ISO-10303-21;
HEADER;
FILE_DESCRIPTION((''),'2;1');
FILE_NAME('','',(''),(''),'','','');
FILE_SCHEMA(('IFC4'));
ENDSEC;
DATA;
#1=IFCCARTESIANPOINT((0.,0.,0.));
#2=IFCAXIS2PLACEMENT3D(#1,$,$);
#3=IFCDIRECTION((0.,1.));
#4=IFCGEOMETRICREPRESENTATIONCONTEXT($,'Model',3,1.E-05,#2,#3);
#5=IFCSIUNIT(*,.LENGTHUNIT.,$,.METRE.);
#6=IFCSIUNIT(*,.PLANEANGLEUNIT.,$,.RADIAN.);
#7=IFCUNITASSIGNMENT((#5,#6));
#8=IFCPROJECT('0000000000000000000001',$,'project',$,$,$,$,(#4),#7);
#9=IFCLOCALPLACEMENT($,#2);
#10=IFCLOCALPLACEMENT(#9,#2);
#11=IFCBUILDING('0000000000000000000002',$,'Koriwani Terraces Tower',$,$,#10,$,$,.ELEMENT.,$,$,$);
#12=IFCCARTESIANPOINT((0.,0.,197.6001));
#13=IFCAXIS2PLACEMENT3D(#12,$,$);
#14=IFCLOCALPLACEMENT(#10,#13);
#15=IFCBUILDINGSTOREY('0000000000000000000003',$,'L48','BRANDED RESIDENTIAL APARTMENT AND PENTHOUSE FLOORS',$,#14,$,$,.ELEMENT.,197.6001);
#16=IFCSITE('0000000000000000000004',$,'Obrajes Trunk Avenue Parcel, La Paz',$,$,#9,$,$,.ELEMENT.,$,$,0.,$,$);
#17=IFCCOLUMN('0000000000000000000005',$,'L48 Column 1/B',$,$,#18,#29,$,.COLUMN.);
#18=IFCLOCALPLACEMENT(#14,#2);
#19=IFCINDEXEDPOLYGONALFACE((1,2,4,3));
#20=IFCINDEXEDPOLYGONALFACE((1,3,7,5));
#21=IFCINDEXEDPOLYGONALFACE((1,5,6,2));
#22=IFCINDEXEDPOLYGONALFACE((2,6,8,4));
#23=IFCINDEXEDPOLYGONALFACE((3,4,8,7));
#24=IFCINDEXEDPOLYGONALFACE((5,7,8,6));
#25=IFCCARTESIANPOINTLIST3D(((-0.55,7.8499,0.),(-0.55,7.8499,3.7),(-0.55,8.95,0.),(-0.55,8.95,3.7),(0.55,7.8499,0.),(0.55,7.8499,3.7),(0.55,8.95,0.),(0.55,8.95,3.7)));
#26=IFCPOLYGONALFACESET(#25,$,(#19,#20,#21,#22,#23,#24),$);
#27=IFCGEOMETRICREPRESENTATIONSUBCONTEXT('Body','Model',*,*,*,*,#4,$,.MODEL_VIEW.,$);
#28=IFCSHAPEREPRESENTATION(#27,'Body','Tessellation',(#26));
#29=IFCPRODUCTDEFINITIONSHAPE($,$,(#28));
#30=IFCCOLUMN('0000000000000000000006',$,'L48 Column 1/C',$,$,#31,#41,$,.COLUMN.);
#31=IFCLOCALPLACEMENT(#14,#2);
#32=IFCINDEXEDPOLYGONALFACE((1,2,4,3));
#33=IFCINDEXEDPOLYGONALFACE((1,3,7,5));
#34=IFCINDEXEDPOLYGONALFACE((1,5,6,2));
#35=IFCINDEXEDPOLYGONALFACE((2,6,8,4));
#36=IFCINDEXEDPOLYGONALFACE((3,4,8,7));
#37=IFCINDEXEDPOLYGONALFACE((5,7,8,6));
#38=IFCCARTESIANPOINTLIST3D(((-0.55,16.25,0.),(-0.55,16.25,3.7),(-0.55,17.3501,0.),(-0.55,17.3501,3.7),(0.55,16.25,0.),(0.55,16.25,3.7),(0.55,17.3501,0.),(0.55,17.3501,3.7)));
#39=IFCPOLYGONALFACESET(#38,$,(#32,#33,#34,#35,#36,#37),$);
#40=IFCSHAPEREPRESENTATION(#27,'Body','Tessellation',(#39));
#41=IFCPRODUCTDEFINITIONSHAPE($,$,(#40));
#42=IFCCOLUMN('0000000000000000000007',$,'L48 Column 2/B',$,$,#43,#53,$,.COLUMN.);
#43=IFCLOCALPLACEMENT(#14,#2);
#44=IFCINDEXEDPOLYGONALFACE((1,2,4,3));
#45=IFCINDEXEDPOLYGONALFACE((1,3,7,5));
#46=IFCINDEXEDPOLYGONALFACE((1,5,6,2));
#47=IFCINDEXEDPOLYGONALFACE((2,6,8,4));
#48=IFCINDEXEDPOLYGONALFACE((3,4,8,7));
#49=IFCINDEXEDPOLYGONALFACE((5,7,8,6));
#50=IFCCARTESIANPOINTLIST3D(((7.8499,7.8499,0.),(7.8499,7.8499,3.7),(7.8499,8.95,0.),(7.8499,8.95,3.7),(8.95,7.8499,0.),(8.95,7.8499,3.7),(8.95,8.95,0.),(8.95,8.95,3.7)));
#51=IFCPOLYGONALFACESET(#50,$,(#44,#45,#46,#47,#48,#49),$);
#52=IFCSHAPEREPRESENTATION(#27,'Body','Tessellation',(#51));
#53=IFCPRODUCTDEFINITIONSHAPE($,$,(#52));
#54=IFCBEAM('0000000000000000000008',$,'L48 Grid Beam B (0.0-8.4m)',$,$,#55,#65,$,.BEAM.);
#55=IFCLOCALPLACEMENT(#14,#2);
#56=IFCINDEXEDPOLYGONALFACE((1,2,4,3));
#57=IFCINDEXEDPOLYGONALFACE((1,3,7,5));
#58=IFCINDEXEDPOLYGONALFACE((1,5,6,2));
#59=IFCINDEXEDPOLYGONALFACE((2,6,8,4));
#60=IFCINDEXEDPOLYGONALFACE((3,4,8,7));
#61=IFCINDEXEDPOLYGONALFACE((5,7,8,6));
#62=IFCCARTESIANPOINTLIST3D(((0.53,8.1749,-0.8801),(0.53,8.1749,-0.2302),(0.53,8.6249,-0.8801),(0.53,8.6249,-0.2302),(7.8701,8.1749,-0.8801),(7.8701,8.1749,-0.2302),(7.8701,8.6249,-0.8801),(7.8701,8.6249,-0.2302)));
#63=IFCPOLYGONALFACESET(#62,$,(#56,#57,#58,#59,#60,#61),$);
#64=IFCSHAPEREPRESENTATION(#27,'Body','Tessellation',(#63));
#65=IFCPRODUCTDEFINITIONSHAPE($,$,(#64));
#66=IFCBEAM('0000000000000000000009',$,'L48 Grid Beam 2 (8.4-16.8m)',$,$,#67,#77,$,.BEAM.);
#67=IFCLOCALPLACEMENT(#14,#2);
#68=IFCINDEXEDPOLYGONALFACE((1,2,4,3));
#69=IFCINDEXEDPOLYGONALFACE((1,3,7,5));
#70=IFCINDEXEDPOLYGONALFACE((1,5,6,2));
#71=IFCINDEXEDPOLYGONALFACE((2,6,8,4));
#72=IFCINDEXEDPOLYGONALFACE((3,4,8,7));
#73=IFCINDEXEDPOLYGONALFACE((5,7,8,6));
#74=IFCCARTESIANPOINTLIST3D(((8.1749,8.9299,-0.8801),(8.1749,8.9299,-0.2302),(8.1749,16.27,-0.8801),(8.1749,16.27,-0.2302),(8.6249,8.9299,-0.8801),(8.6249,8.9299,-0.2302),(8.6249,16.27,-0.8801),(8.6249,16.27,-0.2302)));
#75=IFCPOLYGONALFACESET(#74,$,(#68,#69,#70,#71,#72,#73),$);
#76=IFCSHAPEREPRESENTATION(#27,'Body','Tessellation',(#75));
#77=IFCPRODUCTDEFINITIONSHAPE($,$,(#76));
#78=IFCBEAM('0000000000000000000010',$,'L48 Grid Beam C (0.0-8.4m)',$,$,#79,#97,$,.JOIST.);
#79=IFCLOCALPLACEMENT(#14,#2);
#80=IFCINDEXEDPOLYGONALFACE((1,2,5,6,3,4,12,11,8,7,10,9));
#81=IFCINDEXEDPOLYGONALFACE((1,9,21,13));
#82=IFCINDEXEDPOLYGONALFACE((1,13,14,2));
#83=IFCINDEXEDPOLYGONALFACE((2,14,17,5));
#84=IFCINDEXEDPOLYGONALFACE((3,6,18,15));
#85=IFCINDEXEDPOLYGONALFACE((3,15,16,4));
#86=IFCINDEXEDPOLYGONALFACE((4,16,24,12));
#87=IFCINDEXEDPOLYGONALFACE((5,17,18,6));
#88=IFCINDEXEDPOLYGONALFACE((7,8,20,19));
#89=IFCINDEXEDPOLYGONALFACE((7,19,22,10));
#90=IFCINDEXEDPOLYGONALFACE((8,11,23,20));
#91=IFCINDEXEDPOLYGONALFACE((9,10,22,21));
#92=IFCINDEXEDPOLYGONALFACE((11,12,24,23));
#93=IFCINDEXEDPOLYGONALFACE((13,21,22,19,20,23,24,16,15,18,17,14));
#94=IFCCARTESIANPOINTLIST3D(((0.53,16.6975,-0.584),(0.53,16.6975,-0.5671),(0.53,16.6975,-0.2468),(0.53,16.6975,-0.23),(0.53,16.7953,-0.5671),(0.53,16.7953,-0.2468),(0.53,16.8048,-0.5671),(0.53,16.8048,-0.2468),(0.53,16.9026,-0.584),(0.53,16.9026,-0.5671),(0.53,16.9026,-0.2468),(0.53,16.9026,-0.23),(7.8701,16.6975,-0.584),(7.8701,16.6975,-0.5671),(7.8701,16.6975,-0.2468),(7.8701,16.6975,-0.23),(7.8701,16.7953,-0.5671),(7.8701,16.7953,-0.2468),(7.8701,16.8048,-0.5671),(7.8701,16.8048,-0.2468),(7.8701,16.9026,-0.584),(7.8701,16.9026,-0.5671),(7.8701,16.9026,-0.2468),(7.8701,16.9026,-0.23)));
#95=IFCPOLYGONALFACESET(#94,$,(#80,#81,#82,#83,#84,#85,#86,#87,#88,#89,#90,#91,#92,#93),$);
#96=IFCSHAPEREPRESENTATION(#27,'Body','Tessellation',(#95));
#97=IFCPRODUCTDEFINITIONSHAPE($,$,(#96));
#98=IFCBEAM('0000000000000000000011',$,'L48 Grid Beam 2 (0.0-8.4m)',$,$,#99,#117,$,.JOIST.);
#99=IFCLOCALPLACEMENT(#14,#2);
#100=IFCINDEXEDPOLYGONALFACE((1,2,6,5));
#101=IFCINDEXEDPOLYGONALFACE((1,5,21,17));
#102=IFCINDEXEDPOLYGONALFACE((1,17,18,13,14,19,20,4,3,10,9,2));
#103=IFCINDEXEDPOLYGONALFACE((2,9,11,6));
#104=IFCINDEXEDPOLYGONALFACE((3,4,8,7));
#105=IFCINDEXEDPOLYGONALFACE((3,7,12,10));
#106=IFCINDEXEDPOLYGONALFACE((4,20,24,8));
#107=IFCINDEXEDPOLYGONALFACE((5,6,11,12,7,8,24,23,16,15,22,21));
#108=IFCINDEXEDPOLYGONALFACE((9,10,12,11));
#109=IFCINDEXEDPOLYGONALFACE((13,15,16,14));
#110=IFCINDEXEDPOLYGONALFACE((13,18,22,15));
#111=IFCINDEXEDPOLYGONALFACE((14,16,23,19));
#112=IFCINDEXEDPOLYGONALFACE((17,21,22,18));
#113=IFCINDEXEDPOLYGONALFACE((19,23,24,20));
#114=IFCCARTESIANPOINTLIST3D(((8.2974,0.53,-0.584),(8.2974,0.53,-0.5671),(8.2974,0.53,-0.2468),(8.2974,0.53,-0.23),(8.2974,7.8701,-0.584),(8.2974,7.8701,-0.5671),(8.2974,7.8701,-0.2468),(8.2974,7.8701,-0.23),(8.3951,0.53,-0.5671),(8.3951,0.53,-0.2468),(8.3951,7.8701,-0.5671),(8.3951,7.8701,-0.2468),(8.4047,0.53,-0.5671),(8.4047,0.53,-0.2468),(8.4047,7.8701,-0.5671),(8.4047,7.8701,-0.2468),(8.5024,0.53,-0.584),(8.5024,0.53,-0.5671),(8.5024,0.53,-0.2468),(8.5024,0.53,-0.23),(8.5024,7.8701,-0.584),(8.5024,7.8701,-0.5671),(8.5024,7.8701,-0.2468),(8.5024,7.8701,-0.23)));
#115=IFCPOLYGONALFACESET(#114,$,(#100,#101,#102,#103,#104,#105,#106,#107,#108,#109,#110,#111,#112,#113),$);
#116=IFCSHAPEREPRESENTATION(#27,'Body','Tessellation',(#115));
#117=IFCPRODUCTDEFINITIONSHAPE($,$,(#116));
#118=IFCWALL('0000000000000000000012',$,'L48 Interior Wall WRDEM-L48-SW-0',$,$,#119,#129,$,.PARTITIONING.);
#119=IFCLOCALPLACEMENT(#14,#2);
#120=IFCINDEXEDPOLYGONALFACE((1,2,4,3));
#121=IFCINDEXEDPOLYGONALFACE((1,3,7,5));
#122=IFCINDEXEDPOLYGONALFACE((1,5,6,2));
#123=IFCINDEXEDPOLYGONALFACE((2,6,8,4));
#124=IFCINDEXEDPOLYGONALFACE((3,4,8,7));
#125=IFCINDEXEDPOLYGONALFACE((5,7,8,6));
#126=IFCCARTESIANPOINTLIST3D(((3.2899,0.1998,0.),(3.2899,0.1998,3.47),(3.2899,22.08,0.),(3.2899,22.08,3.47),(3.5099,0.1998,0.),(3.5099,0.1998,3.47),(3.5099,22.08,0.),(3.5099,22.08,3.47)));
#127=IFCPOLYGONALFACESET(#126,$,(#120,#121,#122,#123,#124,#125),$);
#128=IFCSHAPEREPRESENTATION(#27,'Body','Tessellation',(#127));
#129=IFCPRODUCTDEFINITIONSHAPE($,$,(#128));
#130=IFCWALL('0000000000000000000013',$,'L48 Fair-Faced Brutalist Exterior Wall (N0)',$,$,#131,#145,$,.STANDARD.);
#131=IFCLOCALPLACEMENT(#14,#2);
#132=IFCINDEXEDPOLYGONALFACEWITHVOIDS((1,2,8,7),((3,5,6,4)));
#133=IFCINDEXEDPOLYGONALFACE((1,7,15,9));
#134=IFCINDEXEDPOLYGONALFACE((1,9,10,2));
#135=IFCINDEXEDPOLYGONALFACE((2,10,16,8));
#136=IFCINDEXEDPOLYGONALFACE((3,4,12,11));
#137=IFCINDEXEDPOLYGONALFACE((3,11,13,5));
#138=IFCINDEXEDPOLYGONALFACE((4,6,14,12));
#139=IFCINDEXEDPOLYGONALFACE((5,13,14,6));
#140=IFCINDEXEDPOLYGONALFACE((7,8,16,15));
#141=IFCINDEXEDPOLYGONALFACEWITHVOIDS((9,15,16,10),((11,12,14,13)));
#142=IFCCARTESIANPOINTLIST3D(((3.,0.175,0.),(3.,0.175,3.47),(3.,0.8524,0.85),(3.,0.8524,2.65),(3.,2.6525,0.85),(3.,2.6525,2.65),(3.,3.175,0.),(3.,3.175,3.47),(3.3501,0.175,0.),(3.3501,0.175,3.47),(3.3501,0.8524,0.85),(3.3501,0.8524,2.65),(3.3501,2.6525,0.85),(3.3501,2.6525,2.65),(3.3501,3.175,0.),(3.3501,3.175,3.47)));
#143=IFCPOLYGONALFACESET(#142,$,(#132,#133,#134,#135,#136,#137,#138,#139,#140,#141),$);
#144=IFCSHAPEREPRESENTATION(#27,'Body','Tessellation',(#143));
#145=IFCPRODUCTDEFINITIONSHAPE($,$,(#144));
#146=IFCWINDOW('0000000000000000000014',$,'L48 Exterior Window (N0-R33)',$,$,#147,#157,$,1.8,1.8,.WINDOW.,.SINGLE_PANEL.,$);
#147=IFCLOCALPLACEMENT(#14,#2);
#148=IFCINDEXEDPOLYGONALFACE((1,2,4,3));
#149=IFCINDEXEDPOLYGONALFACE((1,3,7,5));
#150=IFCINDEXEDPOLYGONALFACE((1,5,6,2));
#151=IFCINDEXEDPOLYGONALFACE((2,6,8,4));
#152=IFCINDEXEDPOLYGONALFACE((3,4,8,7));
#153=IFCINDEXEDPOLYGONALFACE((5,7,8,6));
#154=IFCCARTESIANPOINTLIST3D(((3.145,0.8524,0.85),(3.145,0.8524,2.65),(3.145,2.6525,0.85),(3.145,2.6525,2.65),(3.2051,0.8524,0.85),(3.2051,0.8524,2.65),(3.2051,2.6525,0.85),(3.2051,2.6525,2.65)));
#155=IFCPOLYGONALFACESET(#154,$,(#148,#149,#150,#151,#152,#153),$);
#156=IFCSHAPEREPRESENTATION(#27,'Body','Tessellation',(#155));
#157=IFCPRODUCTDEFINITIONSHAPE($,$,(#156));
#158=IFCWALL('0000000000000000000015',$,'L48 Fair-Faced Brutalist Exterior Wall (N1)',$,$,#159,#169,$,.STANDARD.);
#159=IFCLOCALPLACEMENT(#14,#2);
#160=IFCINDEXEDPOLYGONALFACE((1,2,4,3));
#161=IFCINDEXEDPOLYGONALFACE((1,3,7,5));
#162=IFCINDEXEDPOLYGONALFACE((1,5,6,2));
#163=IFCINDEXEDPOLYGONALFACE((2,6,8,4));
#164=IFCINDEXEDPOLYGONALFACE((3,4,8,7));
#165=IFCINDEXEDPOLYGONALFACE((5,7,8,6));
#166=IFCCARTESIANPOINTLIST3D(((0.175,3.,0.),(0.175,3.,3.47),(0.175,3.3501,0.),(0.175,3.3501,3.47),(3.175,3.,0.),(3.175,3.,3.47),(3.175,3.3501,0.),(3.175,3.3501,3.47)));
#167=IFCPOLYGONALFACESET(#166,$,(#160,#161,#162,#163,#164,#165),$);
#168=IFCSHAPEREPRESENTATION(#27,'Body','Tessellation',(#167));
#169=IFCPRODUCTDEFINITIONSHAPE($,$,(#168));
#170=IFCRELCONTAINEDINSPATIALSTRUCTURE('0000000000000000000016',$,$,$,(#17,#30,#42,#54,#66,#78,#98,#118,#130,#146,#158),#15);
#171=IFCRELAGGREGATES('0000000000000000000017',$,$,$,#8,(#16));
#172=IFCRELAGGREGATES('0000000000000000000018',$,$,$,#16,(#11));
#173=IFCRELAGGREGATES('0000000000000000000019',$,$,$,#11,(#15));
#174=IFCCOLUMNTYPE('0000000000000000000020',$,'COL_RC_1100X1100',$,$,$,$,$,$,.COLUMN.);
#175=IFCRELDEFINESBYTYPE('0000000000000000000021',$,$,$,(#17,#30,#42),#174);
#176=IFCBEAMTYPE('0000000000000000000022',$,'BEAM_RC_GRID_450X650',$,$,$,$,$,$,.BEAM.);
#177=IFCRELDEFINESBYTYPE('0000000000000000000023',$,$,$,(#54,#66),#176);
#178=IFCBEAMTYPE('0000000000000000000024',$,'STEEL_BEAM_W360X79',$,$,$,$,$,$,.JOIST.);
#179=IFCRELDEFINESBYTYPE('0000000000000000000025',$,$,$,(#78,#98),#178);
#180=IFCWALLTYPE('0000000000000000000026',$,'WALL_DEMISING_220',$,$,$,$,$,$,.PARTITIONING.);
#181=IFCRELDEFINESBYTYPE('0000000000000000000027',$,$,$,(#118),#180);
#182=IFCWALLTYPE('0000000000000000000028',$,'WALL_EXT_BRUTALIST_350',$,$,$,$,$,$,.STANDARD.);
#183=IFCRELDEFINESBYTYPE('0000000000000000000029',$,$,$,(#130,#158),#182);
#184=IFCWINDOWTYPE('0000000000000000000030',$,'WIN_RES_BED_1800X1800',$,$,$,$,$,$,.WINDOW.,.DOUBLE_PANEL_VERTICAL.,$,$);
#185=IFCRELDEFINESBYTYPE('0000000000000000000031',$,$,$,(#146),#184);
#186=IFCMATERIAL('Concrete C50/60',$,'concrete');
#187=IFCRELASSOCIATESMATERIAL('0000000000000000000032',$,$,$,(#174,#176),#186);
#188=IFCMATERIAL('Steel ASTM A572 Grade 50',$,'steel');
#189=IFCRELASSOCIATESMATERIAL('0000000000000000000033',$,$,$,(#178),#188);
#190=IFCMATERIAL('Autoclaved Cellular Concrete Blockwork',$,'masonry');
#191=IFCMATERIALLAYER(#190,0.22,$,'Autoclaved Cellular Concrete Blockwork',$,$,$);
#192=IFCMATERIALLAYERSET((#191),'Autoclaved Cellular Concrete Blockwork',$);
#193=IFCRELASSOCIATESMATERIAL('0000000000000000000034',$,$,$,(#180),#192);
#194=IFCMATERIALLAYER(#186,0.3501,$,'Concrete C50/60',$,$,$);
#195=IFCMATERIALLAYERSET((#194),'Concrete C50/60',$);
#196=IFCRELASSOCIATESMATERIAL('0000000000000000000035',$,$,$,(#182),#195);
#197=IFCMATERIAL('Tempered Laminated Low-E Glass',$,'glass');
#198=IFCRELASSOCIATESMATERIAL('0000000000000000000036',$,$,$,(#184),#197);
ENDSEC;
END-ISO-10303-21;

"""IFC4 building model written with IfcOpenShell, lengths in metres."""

from ifc_helpers import new_model, si_unit, direction, frame, frame_2d, origin, origin_2d, place, context, subcontext, project, spatial, rectangle, i_section, extrude, material, layer, layer_set, material_profile, profile_set, type_object, element, fill, save


model = new_model("IFC4")

# Units and contexts
model_context = context("Model", 3, precision=1e-05, world=origin(), true_north=direction((0.0, 1.0)))
body_context = subcontext(model_context, "Body", "Model", "MODEL_VIEW")
ifc_project = project(units=[si_unit("LENGTHUNIT", "METRE"), si_unit("PLANEANGLEUNIT", "RADIAN")], contexts=[model_context])

# Site, building, storey
site_placement = place(None, origin())
site = spatial("IfcSite", under=ifc_project, at=site_placement, Name="Obrajes Trunk Avenue Parcel, La Paz", CompositionType="ELEMENT", RefElevation=0.0)
building_placement = place(site_placement, origin())
building = spatial("IfcBuilding", under=site, at=building_placement, Name="Koriwani Terraces Tower", CompositionType="ELEMENT")
storey_placement = place(building_placement, frame((0.0, 0.0, 197.6001)))
storey = spatial("IfcBuildingStorey", under=building, at=storey_placement, Name="L48", Description="BRANDED RESIDENTIAL APARTMENT AND PENTHOUSE FLOORS", CompositionType="ELEMENT", Elevation=197.6001)

# Columns
ifc_material_1 = material(Name="Concrete C50/60", Category="concrete")
ifc_material_profile_1 = material_profile(ifc_material_1, rectangle(XDim=1.1001, YDim=1.1001, at=origin_2d()), Name="Concrete C50/60", Category="LoadBearing")
ifc_profile_set_1 = profile_set([ifc_material_profile_1], Name="Concrete C50/60")
column_type = type_object("IfcColumnType", Name="COL_RC_1100X1100", PredefinedType="COLUMN", material=ifc_profile_set_1)
for number, where, z_axis, x_axis, name in (
    (1, (0.0, 8.3999, 0.0), (0.0, 0.0, 1.0), (1.0, 0.0, 0.0), "L48 Column 1/B"),
    (2, (0.0, 16.8, 0.0), (0.0, 0.0, 1.0), (1.0, 0.0, 0.0), "L48 Column 1/C"),
    (3, (8.3999, 8.3999, 0.0), (0.0, 0.0, 1.0), (1.0, 0.0, 0.0), "L48 Column 2/B"),
):
    element("IfcColumn", number, at=place(storey_placement, frame(where, z_axis=z_axis, x_axis=x_axis)), inside=storey, type_object=column_type, Name=name, PredefinedType="COLUMN", context=body_context, shape_type="SweptSolid", body=[
        extrude(rectangle(XDim=1.1001, YDim=1.1001, at=origin_2d()), origin(), (0.0, 0.0, 1.0), 3.7),
    ])

# Beams
ifc_material_profile_2 = material_profile(ifc_material_1, rectangle(XDim=0.45, YDim=0.6499, at=origin_2d()), Name="Concrete C50/60", Category="LoadBearing")
ifc_profile_set_2 = profile_set([ifc_material_profile_2], Name="Concrete C50/60")
beam_type_1 = type_object("IfcBeamType", Name="BEAM_RC_GRID_450X650", PredefinedType="BEAM", material=ifc_profile_set_2)
for number, where, z_axis, x_axis, name in (
    (4, (0.53, 8.3999, -0.5552), (1.0, 0.0, 0.0), (0.0, 1.0, 0.0), "L48 Grid Beam B (0.0-8.4m)"),
    (5, (8.3999, 8.9299, -0.5552), (0.0, 1.0, 0.0), (-1.0, 0.0, 0.0), "L48 Grid Beam 2 (8.4-16.8m)"),
):
    element("IfcBeam", number, at=place(storey_placement, frame(where, z_axis=z_axis, x_axis=x_axis)), inside=storey, type_object=beam_type_1, Name=name, PredefinedType="BEAM", context=body_context, shape_type="SweptSolid", body=[
        extrude(rectangle(XDim=0.45, YDim=0.6499, at=origin_2d()), origin(), (0.0, 0.0, 1.0), 7.3401),
    ])
ifc_material_2 = material(Name="Steel ASTM A572 Grade 50", Category="steel")
ifc_material_profile_3 = material_profile(ifc_material_2, i_section(OverallWidth=0.2051, OverallDepth=0.354, WebThickness=0.0095, FlangeThickness=0.0168, at=origin_2d()), Name="Steel ASTM A572 Grade 50", Category="LoadBearing")
ifc_profile_set_3 = profile_set([ifc_material_profile_3], Name="Steel ASTM A572 Grade 50")
beam_type_2 = type_object("IfcBeamType", Name="STEEL_BEAM_W360X79", PredefinedType="JOIST", material=ifc_profile_set_3)
for number, where, z_axis, x_axis, name in (
    (6, (0.53, 16.8, -0.407), (1.0, 0.0, 0.0), (0.0, 1.0, 0.0), "L48 Grid Beam C (0.0-8.4m)"),
    (7, (8.3999, 0.53, -0.407), (0.0, 1.0, 0.0), (-1.0, 0.0, 0.0), "L48 Grid Beam 2 (0.0-8.4m)"),
):
    element("IfcBeam", number, at=place(storey_placement, frame(where, z_axis=z_axis, x_axis=x_axis)), inside=storey, type_object=beam_type_2, Name=name, PredefinedType="JOIST", context=body_context, shape_type="SweptSolid", body=[
        extrude(i_section(OverallWidth=0.2051, OverallDepth=0.354, WebThickness=0.0095, FlangeThickness=0.0168, at=origin_2d()), origin(), (0.0, 0.0, 1.0), 7.3401),
    ])

# Wall
ifc_material_3 = material(Name="Autoclaved Cellular Concrete Blockwork", Category="masonry")
ifc_layer_1 = layer(ifc_material_3, 0.22, Name="Autoclaved Cellular Concrete Blockwork")
ifc_layer_set_1 = layer_set([ifc_layer_1], Name="Autoclaved Cellular Concrete Blockwork")
wall_type_1 = type_object("IfcWallType", Name="WALL_DEMISING_220", PredefinedType="PARTITIONING", material=ifc_layer_set_1)
wall_1_placement = place(storey_placement, frame((3.3999, 0.2, 0.0), z_axis=(0.0, 0.0, 1.0), x_axis=(0.0, 1.0, 0.0)))
element("IfcWall", 8, at=wall_1_placement, inside=storey, type_object=wall_type_1, Name="L48 Interior Wall WRDEM-L48-SW-0", PredefinedType="PARTITIONING", context=body_context, shape_type="SweptSolid", body=[
    extrude(rectangle(XDim=21.8801, YDim=0.22, at=frame_2d((10.9399, 0.0))), origin(), (0.0, 0.0, 1.0), 3.47),
])

# Wall, opening, window
ifc_layer_2 = layer(ifc_material_1, 0.3501, Name="Concrete C50/60")
ifc_layer_set_2 = layer_set([ifc_layer_2], Name="Concrete C50/60")
wall_type_2 = type_object("IfcWallType", Name="WALL_EXT_BRUTALIST_350", PredefinedType="STANDARD", material=ifc_layer_set_2)
wall_2_placement = place(storey_placement, frame((3.175, 0.175, 0.0), z_axis=(0.0, 0.0, 1.0), x_axis=(0.0, 1.0, 0.0)))
wall_2 = element("IfcWall", 9, at=wall_2_placement, inside=storey, type_object=wall_type_2, Name="L48 Fair-Faced Brutalist Exterior Wall (N0)", PredefinedType="STANDARD", context=body_context, shape_type="SweptSolid", body=[
    extrude(rectangle(XDim=3.0, YDim=0.3501, at=frame_2d((1.5, 0.0))), origin(), (0.0, 0.0, 1.0), 3.47),
])
opening_1_placement = place(wall_2_placement, frame((0.6775, 0.0, 0.8501)))
opening_1 = element("IfcOpeningElement", 10, at=opening_1_placement, cuts=wall_2, PredefinedType="OPENING", context=body_context, shape_type="SweptSolid", body=[
    extrude(rectangle(XDim=1.8, YDim=1.8, at=frame_2d((0.8999, 0.8999))), frame((0.0, 0.1851, 0.0), z_axis=(0.0, -1.0, 0.0), x_axis=(1.0, 0.0, 0.0)), (0.0, 0.0, 1.0), 0.3701),
])
ifc_material_4 = material(Name="Tempered Laminated Low-E Glass", Category="glass")
window_type_1 = type_object("IfcWindowType", Name="WIN_RES_BED_1800X1800", PartitioningType="DOUBLE_PANEL_VERTICAL", PredefinedType="WINDOW", material=ifc_material_4)
window_1_placement = place(opening_1_placement, origin())
window_1 = element("IfcWindow", 11, at=window_1_placement, inside=storey, type_object=window_type_1, Name="L48 Exterior Window (N0-R33)", OverallHeight=1.8, OverallWidth=1.8, PartitioningType="SINGLE_PANEL", PredefinedType="WINDOW", context=body_context, shape_type="SweptSolid", body=[
    extrude(rectangle(XDim=1.8, YDim=1.8, at=frame_2d((0.8999, 0.8999))), frame((0.0, 0.03, 0.0), z_axis=(0.0, -1.0, 0.0), x_axis=(1.0, 0.0, 0.0)), (0.0, 0.0, 1.0), 0.0601),
])
fill(opening_1, window_1)

# Wall
wall_3_placement = place(storey_placement, frame((3.175, 3.175, 0.0), z_axis=(0.0, 0.0, 1.0), x_axis=(-1.0, 0.0, 0.0)))
element("IfcWall", 12, at=wall_3_placement, inside=storey, type_object=wall_type_2, Name="L48 Fair-Faced Brutalist Exterior Wall (N1)", PredefinedType="STANDARD", context=body_context, shape_type="SweptSolid", body=[
    extrude(rectangle(XDim=3.0, YDim=0.3501, at=frame_2d((1.5, 0.0))), origin(), (0.0, 0.0, 1.0), 3.47),
])

save(model, "model.ifc")
